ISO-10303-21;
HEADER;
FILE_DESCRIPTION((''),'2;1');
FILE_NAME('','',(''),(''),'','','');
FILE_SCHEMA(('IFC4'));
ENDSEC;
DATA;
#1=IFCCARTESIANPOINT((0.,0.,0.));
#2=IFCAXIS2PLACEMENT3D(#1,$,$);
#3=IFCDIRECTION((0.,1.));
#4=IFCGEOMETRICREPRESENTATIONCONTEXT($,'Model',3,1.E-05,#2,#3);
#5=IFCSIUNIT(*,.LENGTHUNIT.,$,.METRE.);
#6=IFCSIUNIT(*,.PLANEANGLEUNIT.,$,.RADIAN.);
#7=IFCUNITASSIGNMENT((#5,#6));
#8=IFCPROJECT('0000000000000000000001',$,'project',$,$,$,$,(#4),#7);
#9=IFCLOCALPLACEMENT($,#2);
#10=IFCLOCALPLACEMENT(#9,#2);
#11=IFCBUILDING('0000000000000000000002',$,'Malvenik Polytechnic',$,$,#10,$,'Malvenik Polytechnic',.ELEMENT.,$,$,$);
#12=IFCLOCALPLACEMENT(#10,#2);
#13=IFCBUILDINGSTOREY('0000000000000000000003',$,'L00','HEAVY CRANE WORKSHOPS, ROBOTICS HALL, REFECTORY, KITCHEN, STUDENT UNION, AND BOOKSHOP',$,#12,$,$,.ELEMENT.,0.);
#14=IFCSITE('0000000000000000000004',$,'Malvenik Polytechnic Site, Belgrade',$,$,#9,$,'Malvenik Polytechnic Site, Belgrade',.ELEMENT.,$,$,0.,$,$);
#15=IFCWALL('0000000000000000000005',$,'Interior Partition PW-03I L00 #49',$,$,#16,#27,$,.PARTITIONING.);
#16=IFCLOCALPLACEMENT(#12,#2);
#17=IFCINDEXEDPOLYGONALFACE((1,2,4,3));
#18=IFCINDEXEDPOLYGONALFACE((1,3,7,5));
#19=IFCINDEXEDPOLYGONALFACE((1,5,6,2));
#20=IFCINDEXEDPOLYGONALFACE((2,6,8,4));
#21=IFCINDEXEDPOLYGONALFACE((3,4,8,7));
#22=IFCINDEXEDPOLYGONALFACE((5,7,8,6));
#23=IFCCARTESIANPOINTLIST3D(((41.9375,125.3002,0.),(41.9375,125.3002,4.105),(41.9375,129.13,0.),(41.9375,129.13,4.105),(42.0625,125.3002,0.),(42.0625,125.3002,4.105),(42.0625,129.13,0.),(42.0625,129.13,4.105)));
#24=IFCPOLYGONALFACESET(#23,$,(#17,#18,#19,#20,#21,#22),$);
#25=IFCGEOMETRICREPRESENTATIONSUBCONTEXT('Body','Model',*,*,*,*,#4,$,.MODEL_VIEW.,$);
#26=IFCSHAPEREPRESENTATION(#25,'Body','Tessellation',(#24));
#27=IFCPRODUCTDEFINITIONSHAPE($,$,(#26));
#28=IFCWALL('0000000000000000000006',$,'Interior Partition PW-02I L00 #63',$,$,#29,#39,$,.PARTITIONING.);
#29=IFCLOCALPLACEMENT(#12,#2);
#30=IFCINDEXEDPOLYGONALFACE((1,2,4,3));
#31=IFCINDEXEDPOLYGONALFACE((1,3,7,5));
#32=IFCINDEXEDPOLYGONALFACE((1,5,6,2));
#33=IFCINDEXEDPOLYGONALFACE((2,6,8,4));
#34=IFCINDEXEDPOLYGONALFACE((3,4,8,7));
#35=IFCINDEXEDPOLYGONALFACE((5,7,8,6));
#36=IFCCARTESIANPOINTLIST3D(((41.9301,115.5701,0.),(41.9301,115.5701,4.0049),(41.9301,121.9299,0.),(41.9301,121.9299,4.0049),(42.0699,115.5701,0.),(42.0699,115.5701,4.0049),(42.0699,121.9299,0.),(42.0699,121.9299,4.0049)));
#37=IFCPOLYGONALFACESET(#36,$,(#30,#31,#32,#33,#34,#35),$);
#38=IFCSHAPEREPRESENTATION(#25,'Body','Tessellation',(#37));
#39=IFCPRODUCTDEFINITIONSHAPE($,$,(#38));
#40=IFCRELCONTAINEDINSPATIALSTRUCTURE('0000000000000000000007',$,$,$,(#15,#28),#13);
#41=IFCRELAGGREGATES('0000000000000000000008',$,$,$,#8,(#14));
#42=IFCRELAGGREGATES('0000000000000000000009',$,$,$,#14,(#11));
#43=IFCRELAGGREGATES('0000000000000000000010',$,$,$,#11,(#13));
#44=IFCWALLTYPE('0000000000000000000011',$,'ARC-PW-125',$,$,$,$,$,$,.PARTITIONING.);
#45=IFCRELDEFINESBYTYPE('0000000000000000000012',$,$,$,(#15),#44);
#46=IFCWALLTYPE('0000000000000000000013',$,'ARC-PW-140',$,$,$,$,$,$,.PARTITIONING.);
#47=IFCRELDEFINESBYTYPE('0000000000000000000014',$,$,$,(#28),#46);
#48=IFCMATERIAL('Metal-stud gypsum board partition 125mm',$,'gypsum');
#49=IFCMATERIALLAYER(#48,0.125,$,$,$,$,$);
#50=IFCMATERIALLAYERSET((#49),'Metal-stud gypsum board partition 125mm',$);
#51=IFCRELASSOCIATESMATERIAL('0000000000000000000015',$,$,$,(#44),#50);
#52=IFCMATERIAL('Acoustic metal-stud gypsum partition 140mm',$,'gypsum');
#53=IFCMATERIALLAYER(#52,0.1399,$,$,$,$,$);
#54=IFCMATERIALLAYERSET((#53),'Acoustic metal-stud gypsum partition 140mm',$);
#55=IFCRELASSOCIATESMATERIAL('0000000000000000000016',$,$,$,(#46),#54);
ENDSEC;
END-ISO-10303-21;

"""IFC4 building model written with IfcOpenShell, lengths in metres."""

from ifc_helpers import new_model, si_unit, direction, frame, frame_2d, origin, place, context, subcontext, project, spatial, rectangle, extrude, material, layer, layer_set, type_object, element, save


model = new_model("IFC4")

# Units and contexts
model_context = context("Model", 3, precision=1e-05, world=origin(), true_north=direction((0.0, 1.0)))
body_context = subcontext(model_context, "Body", "Model", "MODEL_VIEW")
ifc_project = project(units=[si_unit("LENGTHUNIT", "METRE"), si_unit("PLANEANGLEUNIT", "RADIAN")], contexts=[model_context])

# Site, building, storey
site_placement = place(None, origin())
site = spatial("IfcSite", under=ifc_project, at=site_placement, Name="Malvenik Polytechnic Site, Belgrade", LongName="Malvenik Polytechnic Site, Belgrade", CompositionType="ELEMENT", RefElevation=0.0)
building_placement = place(site_placement, origin())
building = spatial("IfcBuilding", under=site, at=building_placement, Name="Malvenik Polytechnic", LongName="Malvenik Polytechnic", CompositionType="ELEMENT")
storey_placement = place(building_placement, origin())
storey = spatial("IfcBuildingStorey", under=building, at=storey_placement, Name="L00", Description="HEAVY CRANE WORKSHOPS, ROBOTICS HALL, REFECTORY, KITCHEN, STUDENT UNION, AND BOOKSHOP", CompositionType="ELEMENT", Elevation=0.0)

# Walls
ifc_material_1 = material(Name="Metal-stud gypsum board partition 125mm", Category="gypsum")
ifc_layer_1 = layer(ifc_material_1, 0.125)
ifc_layer_set_1 = layer_set([ifc_layer_1], Name="Metal-stud gypsum board partition 125mm")
wall_type_1 = type_object("IfcWallType", Name="ARC-PW-125", PredefinedType="PARTITIONING", material=ifc_layer_set_1)
wall_1_placement = place(storey_placement, frame((42.0, 125.3, 0.0), z_axis=(0.0, 0.0, 1.0), x_axis=(0.0, 1.0, 0.0)))
element("IfcWall", 1, at=wall_1_placement, inside=storey, type_object=wall_type_1, Name="Interior Partition PW-03I L00 #49", PredefinedType="PARTITIONING", context=body_context, shape_type="SweptSolid", body=[
    extrude(rectangle(XDim=3.8298, YDim=0.125, at=frame_2d((1.915, 0.0))), origin(), (0.0, 0.0, 1.0), 4.105),
])
ifc_material_2 = material(Name="Acoustic metal-stud gypsum partition 140mm", Category="gypsum")
ifc_layer_2 = layer(ifc_material_2, 0.1399)
ifc_layer_set_2 = layer_set([ifc_layer_2], Name="Acoustic metal-stud gypsum partition 140mm")
wall_type_2 = type_object("IfcWallType", Name="ARC-PW-140", PredefinedType="PARTITIONING", material=ifc_layer_set_2)
wall_2_placement = place(storey_placement, frame((42.0, 115.5701, 0.0), z_axis=(0.0, 0.0, 1.0), x_axis=(0.0, 1.0, 0.0)))
element("IfcWall", 2, at=wall_2_placement, inside=storey, type_object=wall_type_2, Name="Interior Partition PW-02I L00 #63", PredefinedType="PARTITIONING", context=body_context, shape_type="SweptSolid", body=[
    extrude(rectangle(XDim=6.3599, YDim=0.1399, at=frame_2d((3.1799, 0.0))), origin(), (0.0, 0.0, 1.0), 4.0049),
])

save(model, "model.ifc")
